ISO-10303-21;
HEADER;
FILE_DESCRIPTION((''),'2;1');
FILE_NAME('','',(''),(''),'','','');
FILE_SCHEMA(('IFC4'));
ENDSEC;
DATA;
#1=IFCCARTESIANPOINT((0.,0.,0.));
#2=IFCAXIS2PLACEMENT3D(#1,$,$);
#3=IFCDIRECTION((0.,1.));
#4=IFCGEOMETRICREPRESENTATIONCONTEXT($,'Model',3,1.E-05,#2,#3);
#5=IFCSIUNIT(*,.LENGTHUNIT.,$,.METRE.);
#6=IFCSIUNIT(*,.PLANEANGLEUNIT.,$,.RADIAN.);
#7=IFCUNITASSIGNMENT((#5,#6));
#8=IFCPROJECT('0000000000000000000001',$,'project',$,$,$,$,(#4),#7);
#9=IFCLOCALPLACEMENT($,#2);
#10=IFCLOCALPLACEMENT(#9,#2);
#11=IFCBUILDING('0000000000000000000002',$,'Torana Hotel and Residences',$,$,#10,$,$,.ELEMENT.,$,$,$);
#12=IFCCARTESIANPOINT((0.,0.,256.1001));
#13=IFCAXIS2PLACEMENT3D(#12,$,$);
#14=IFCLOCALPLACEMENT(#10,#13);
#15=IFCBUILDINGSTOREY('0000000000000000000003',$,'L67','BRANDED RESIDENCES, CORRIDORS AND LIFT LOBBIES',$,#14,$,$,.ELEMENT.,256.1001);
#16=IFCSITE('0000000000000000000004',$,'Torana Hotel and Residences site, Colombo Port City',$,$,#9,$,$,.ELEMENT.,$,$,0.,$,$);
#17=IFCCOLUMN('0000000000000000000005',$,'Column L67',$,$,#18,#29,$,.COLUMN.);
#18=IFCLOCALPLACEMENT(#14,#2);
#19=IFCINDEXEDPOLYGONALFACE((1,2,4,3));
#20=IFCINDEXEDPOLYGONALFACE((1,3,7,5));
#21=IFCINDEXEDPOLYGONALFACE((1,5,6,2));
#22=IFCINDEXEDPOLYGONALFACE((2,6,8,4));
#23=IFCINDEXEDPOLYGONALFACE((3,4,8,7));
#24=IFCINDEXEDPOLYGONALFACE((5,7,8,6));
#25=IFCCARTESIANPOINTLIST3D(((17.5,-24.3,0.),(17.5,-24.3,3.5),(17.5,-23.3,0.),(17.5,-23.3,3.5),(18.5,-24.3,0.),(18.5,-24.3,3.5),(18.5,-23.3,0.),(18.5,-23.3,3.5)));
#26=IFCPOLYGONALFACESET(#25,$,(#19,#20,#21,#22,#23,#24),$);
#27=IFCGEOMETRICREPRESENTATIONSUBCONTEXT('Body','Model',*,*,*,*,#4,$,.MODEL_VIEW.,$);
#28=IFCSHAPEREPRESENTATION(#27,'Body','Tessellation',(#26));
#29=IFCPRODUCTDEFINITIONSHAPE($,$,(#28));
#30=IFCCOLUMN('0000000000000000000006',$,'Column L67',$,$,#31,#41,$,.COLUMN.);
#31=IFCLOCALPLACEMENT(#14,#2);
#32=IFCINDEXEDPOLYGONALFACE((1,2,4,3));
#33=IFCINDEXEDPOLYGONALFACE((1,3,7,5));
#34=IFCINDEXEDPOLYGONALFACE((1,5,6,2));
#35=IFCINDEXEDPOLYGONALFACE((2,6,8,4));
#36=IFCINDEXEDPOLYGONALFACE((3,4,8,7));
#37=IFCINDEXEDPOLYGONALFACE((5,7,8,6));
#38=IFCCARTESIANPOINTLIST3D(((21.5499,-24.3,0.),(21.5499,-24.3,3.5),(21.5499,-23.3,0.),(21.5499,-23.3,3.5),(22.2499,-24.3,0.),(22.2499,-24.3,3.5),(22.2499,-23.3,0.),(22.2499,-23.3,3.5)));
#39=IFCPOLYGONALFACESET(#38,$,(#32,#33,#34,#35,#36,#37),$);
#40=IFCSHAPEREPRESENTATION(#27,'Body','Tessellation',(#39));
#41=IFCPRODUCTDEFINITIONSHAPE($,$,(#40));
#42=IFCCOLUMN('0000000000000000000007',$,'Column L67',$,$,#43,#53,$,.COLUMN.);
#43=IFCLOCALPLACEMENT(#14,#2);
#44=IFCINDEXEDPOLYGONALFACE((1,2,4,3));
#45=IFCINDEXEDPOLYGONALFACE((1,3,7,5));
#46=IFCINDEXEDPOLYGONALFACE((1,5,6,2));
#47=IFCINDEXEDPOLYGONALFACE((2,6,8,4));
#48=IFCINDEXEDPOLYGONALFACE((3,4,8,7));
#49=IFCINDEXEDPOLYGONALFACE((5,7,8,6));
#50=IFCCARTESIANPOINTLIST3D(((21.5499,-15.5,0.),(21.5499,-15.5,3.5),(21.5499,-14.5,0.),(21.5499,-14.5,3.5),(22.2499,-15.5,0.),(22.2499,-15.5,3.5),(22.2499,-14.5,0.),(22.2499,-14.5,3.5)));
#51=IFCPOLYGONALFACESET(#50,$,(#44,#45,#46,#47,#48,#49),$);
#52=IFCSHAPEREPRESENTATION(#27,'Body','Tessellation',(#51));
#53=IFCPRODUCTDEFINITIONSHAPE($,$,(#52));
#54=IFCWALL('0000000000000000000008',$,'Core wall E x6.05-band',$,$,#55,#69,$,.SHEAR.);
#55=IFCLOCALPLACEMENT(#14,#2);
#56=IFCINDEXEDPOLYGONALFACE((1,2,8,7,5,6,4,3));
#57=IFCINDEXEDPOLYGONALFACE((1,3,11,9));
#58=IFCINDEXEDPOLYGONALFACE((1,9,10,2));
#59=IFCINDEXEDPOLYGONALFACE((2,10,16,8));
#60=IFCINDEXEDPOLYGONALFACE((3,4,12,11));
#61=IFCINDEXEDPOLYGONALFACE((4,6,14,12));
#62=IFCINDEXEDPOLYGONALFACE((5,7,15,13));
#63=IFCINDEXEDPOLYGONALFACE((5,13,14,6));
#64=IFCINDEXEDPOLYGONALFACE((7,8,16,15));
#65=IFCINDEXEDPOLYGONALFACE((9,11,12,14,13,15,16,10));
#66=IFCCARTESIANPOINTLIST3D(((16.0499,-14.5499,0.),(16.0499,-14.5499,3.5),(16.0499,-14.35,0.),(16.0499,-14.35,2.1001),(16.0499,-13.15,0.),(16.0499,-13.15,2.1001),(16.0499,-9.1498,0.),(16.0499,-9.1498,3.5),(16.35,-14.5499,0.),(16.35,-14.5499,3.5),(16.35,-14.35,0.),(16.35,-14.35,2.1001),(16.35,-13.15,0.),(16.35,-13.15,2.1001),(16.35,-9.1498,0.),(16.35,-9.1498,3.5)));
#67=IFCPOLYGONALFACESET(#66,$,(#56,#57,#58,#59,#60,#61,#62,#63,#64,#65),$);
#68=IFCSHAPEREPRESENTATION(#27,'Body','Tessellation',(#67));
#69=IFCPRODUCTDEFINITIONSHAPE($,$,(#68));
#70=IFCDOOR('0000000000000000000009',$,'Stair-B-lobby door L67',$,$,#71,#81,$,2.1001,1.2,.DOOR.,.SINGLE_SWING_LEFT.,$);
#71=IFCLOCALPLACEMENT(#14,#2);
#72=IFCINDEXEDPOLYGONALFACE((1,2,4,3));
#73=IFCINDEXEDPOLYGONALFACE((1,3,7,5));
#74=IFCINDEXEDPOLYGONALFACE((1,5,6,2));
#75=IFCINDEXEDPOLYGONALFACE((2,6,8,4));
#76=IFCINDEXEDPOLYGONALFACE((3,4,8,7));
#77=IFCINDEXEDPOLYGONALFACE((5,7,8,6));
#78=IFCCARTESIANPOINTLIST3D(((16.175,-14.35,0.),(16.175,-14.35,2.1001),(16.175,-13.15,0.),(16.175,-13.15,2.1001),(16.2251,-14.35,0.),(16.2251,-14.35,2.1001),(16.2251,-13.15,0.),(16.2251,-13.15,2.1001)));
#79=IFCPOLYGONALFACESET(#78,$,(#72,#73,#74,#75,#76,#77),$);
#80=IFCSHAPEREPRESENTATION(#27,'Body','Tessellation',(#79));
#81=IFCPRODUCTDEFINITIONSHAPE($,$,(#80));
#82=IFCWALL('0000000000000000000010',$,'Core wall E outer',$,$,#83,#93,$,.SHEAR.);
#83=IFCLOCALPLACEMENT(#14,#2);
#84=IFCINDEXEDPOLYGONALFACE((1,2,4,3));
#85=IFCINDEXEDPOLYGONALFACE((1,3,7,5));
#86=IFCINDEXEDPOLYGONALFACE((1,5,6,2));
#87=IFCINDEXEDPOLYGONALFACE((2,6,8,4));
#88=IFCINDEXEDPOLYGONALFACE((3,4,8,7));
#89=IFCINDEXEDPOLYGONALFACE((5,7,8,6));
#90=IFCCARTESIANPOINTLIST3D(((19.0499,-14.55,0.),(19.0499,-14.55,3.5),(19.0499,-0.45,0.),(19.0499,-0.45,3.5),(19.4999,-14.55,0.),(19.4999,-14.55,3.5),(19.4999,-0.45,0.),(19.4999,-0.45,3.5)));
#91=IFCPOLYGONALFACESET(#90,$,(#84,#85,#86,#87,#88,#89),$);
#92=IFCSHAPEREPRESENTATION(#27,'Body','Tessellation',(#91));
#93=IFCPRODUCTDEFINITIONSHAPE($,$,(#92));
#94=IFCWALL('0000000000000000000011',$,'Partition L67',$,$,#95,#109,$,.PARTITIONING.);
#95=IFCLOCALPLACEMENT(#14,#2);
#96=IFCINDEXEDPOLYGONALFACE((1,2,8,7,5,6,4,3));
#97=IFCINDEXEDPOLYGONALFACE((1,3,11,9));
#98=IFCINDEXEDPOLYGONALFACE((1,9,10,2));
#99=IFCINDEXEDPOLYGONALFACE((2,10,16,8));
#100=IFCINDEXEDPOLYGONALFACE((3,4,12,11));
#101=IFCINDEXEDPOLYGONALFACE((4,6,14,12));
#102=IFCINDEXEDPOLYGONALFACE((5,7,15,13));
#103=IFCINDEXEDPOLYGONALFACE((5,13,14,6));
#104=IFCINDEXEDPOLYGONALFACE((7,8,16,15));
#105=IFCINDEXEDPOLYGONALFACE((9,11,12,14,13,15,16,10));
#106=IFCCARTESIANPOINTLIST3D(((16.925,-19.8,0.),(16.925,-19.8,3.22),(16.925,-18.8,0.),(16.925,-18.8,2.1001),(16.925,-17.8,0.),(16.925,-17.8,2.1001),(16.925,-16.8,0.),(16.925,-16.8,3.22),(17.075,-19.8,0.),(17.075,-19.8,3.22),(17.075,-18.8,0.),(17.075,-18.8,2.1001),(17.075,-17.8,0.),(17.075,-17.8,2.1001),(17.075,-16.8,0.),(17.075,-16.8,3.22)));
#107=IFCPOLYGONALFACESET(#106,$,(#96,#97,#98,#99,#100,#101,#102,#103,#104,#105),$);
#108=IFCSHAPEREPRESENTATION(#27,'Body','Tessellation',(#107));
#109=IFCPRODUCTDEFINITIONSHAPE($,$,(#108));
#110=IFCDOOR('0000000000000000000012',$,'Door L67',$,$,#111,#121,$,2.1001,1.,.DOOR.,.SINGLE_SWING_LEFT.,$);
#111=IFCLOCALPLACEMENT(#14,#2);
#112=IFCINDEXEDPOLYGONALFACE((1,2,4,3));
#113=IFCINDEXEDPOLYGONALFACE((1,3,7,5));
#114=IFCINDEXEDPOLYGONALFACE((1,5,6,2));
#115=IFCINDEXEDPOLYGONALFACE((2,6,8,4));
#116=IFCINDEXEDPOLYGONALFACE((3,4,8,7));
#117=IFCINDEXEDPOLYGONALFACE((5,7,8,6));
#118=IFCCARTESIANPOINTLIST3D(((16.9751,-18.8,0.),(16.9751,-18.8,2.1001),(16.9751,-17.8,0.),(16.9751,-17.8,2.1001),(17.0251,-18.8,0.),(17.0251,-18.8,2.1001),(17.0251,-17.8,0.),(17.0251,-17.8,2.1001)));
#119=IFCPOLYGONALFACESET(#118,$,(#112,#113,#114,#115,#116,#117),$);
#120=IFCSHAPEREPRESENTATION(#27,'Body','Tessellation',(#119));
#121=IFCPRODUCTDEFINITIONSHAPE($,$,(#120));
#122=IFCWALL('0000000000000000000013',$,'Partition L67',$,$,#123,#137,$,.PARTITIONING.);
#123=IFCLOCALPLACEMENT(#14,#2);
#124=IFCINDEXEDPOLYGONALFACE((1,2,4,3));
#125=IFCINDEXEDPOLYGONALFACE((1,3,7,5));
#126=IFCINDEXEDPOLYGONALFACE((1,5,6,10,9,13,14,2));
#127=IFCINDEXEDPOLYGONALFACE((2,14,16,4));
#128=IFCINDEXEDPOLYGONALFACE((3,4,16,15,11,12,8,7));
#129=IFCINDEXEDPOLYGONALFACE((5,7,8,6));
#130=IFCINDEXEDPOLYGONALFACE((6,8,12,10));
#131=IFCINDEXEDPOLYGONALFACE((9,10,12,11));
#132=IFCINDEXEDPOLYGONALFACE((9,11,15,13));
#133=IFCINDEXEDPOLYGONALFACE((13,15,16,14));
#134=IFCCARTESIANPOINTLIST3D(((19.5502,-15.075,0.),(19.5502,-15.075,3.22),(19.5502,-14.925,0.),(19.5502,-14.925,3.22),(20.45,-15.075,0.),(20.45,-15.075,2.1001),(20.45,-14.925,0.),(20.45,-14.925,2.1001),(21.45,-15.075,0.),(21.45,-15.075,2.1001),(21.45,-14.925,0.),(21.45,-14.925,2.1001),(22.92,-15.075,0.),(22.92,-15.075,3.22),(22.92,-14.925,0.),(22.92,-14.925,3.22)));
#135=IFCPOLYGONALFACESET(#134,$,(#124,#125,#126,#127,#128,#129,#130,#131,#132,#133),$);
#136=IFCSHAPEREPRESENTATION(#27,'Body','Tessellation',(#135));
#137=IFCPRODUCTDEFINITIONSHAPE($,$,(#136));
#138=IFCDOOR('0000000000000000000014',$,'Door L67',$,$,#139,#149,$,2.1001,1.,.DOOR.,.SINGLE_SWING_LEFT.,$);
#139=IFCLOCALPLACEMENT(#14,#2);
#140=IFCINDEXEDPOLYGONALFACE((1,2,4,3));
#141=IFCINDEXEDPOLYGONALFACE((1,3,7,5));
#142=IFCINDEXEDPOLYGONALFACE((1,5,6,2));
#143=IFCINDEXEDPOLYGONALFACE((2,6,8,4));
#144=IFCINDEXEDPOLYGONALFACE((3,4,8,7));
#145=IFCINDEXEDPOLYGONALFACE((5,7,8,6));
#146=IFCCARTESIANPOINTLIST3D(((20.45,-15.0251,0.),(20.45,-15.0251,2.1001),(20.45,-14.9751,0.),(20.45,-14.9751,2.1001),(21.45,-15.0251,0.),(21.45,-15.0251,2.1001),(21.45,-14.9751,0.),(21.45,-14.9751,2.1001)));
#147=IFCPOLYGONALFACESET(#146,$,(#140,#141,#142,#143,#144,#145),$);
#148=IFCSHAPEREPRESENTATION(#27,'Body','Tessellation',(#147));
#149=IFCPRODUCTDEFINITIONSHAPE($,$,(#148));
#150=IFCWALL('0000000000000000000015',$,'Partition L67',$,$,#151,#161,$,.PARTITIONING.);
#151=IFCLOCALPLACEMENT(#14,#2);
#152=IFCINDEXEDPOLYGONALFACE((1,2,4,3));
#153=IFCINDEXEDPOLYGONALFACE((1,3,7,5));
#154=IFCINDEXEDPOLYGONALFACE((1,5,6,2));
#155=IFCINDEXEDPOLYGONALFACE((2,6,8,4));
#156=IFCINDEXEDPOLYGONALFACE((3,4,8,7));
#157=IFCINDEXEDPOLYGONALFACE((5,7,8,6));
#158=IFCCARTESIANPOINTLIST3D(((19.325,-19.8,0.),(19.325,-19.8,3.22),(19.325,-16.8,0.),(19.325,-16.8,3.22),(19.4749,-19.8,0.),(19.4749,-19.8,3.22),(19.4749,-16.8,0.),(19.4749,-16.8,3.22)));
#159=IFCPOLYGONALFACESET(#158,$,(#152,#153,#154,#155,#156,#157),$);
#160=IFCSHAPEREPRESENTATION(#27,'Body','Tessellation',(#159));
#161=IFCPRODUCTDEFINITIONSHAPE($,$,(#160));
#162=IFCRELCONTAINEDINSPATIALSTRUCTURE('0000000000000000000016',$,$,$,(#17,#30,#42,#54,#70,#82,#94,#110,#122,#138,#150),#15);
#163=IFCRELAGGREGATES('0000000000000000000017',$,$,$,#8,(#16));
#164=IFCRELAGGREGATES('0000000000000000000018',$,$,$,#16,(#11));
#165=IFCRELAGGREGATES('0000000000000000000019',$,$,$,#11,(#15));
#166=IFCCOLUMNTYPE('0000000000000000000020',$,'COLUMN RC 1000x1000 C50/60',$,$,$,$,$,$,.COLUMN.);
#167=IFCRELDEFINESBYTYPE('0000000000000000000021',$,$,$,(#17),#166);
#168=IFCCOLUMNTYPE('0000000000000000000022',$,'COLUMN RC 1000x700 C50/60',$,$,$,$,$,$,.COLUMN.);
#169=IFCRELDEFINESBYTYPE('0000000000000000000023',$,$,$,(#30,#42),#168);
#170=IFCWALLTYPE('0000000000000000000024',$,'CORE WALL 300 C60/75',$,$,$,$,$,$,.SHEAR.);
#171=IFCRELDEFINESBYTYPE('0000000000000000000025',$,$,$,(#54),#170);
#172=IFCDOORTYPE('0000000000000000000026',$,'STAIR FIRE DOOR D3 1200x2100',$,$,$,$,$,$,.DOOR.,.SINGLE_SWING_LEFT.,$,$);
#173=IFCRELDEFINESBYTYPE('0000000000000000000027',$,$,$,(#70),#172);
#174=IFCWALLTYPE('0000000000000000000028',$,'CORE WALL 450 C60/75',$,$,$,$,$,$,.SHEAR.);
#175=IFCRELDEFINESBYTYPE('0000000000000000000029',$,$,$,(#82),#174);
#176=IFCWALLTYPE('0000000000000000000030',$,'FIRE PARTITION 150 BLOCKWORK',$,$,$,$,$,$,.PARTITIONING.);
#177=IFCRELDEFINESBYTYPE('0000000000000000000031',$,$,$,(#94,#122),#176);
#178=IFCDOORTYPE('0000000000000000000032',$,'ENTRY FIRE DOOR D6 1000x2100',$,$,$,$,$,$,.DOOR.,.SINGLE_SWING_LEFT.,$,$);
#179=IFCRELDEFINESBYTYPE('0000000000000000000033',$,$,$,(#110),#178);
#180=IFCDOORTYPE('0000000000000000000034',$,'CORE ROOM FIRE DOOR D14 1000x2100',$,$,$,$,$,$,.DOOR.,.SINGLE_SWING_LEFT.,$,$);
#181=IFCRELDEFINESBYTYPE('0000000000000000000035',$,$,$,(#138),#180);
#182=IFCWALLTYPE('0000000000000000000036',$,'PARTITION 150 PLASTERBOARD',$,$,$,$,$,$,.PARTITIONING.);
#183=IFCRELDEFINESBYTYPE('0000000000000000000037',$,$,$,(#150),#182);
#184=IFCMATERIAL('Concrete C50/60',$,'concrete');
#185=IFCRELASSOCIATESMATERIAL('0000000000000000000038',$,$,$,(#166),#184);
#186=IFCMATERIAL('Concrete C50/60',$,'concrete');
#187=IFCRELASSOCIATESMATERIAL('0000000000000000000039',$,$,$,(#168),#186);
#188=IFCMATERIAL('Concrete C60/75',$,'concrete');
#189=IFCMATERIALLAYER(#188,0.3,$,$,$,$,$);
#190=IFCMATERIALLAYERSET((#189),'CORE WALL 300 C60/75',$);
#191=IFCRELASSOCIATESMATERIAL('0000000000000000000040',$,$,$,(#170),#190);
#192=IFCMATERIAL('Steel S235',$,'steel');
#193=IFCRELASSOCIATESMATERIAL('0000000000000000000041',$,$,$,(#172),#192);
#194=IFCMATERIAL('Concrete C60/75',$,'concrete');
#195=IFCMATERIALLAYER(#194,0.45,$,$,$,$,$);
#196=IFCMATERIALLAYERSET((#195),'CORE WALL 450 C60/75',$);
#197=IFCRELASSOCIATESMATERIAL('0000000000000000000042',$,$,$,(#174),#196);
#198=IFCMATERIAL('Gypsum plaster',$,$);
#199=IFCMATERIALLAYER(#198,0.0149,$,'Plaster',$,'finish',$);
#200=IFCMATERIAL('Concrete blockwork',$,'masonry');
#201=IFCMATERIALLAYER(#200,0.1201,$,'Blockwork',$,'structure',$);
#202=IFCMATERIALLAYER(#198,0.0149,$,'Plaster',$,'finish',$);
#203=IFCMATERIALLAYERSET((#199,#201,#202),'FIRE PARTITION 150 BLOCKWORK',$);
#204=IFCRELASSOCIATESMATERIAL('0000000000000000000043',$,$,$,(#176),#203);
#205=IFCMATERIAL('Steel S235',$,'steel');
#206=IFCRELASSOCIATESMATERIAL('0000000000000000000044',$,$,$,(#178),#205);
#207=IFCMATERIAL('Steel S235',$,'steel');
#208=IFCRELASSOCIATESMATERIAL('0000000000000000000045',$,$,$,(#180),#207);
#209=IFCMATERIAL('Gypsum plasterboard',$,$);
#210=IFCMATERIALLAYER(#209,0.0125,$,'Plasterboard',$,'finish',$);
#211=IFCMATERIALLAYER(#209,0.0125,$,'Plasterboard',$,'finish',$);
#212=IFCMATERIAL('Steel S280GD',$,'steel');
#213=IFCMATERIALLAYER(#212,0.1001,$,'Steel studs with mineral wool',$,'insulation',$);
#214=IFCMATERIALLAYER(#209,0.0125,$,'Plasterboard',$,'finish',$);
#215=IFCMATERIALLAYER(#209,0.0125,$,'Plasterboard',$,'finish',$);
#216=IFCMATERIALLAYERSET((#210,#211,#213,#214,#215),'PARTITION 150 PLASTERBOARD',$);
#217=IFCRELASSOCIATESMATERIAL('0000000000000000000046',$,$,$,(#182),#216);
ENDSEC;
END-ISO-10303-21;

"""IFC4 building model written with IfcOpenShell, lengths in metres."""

from ifc_helpers import new_model, si_unit, direction, frame, frame_2d, origin, origin_2d, place, context, subcontext, project, spatial, rectangle, extrude, material, layer, layer_set, material_profile, profile_set, type_object, element, fill, save


model = new_model("IFC4")

# Units and contexts
model_context = context("Model", 3, precision=1e-05, world=origin(), true_north=direction((0.0, 1.0)))
body_context = subcontext(model_context, "Body", "Model", "MODEL_VIEW")
ifc_project = project(units=[si_unit("LENGTHUNIT", "METRE"), si_unit("PLANEANGLEUNIT", "RADIAN")], contexts=[model_context])

# Site, building, storey
site_placement = place(None, origin())
site = spatial("IfcSite", under=ifc_project, at=site_placement, Name="Torana Hotel and Residences site, Colombo Port City", CompositionType="ELEMENT", RefElevation=0.0)
building_placement = place(site_placement, origin())
building = spatial("IfcBuilding", under=site, at=building_placement, Name="Torana Hotel and Residences", CompositionType="ELEMENT")
storey_placement = place(building_placement, frame((0.0, 0.0, 256.1001)))
storey = spatial("IfcBuildingStorey", under=building, at=storey_placement, Name="L67", Description="BRANDED RESIDENCES, CORRIDORS AND LIFT LOBBIES", CompositionType="ELEMENT", Elevation=256.1001)

# Columns
ifc_material_1 = material(Name="Concrete C50/60", Category="concrete")
ifc_material_profile_1 = material_profile(ifc_material_1, rectangle(XDim=1.0, YDim=1.0, at=origin_2d()), Name="RC 1000x1000")
ifc_profile_set_1 = profile_set([ifc_material_profile_1], Name="Concrete C50/60")
column_type_1 = type_object("IfcColumnType", Name="COLUMN RC 1000x1000 C50/60", PredefinedType="COLUMN", material=ifc_profile_set_1)
column_placement = place(storey_placement, frame((18.0, -23.8, 0.0), z_axis=(0.0, 0.0, 1.0), x_axis=(1.0, 0.0, 0.0)))
element("IfcColumn", 1, at=column_placement, inside=storey, type_object=column_type_1, Name="Column L67", PredefinedType="COLUMN", context=body_context, shape_type="SweptSolid", body=[
    extrude(rectangle(XDim=1.0, YDim=1.0, at=origin_2d()), origin(), (0.0, 0.0, 1.0), 3.5),
])
ifc_material_2 = material(Name="Concrete C50/60", Category="concrete")
ifc_material_profile_2 = material_profile(ifc_material_2, rectangle(XDim=1.0, YDim=0.7, at=origin_2d()), Name="RC 1000x700")
ifc_profile_set_2 = profile_set([ifc_material_profile_2], Name="Concrete C50/60")
column_type_2 = type_object("IfcColumnType", Name="COLUMN RC 1000x700 C50/60", PredefinedType="COLUMN", material=ifc_profile_set_2)
for number, where, z_axis, x_axis, name in (
    (2, (21.8999, -23.8, 0.0), (0.0, 0.0, 1.0), (0.0, 1.0, 0.0), "Column L67"),
    (3, (21.8999, -15.0, 0.0), (0.0, 0.0, 1.0), (0.0, 1.0, 0.0), "Column L67"),
):
    element("IfcColumn", number, at=place(storey_placement, frame(where, z_axis=z_axis, x_axis=x_axis)), inside=storey, type_object=column_type_2, Name=name, PredefinedType="COLUMN", context=body_context, shape_type="SweptSolid", body=[
        extrude(rectangle(XDim=1.0, YDim=0.7, at=origin_2d()), origin(), (0.0, 0.0, 1.0), 3.5),
    ])

# Wall, opening, door
ifc_material_3 = material(Name="Concrete C60/75", Category="concrete")
ifc_layer_1 = layer(ifc_material_3, 0.3)
ifc_layer_set_1 = layer_set([ifc_layer_1], Name="CORE WALL 300 C60/75")
wall_type_1 = type_object("IfcWallType", Name="CORE WALL 300 C60/75", PredefinedType="SHEAR", material=ifc_layer_set_1)
wall_1_placement = place(storey_placement, frame((16.2, -14.55, 0.0), z_axis=(0.0, 0.0, 1.0), x_axis=(0.0, 1.0, 0.0)))
wall_1 = element("IfcWall", 4, at=wall_1_placement, inside=storey, type_object=wall_type_1, Name="Core wall E x6.05-band", PredefinedType="SHEAR", context=body_context, shape_type="SweptSolid", body=[
    extrude(rectangle(XDim=5.4001, YDim=0.3, at=frame_2d((2.7002, 0.0))), origin(), (0.0, 0.0, 1.0), 3.5),
])
opening_1_placement = place(wall_1_placement, frame((0.2, 0.0, 0.0)))
opening_1 = element("IfcOpeningElement", 5, at=opening_1_placement, cuts=wall_1, PredefinedType="OPENING", context=body_context, shape_type="SweptSolid", body=[
    extrude(rectangle(XDim=1.2, YDim=2.1001, at=frame_2d((0.6001, 1.05))), frame((0.0, 0.1599, 0.0), z_axis=(0.0, -1.0, 0.0), x_axis=(1.0, 0.0, 0.0)), (0.0, 0.0, 1.0), 0.3201),
])
ifc_material_4 = material(Name="Steel S235", Category="steel")
door_type_1 = type_object("IfcDoorType", Name="STAIR FIRE DOOR D3 1200x2100", OperationType="SINGLE_SWING_LEFT", PredefinedType="DOOR", material=ifc_material_4)
door_1_placement = place(opening_1_placement, frame((0.6001, 0.0, 0.0), z_axis=(0.0, 0.0, 1.0), x_axis=(-1.0, 0.0, 0.0)))
door_1 = element("IfcDoor", 6, at=door_1_placement, inside=storey, type_object=door_type_1, Name="Stair-B-lobby door L67", OperationType="SINGLE_SWING_LEFT", OverallHeight=2.1001, OverallWidth=1.2, PredefinedType="DOOR", context=body_context, shape_type="SweptSolid", body=[
    extrude(rectangle(XDim=1.2, YDim=2.1001, at=frame_2d((0.0, 1.05))), frame((0.0, -0.0249, 0.0), z_axis=(0.0, 1.0, 0.0), x_axis=(-1.0, 0.0, 0.0)), (0.0, 0.0, 1.0), 0.05),
])
fill(opening_1, door_1)

# Wall
ifc_material_5 = material(Name="Concrete C60/75", Category="concrete")
ifc_layer_2 = layer(ifc_material_5, 0.45)
ifc_layer_set_2 = layer_set([ifc_layer_2], Name="CORE WALL 450 C60/75")
wall_type_2 = type_object("IfcWallType", Name="CORE WALL 450 C60/75", PredefinedType="SHEAR", material=ifc_layer_set_2)
wall_2_placement = place(storey_placement, frame((19.2749, -14.55, 0.0), z_axis=(0.0, 0.0, 1.0), x_axis=(0.0, 1.0, 0.0)))
element("IfcWall", 7, at=wall_2_placement, inside=storey, type_object=wall_type_2, Name="Core wall E outer", PredefinedType="SHEAR", context=body_context, shape_type="SweptSolid", body=[
    extrude(rectangle(XDim=14.1001, YDim=0.45, at=frame_2d((7.05, 0.0))), origin(), (0.0, 0.0, 1.0), 3.5),
])

# Walls, openings, doors
ifc_material_6 = material(Name="Gypsum plaster")
ifc_layer_3 = layer(ifc_material_6, 0.0149, Name="Plaster", Category="finish")
ifc_material_7 = material(Name="Concrete blockwork", Category="masonry")
ifc_layer_4 = layer(ifc_material_7, 0.1201, Name="Blockwork", Category="structure")
ifc_layer_5 = layer(ifc_material_6, 0.0149, Name="Plaster", Category="finish")
ifc_layer_set_3 = layer_set([ifc_layer_3, ifc_layer_4, ifc_layer_5], Name="FIRE PARTITION 150 BLOCKWORK")
wall_type_3 = type_object("IfcWallType", Name="FIRE PARTITION 150 BLOCKWORK", PredefinedType="PARTITIONING", material=ifc_layer_set_3)
wall_3_placement = place(storey_placement, frame((17.0, -19.8, 0.0), z_axis=(0.0, 0.0, 1.0), x_axis=(0.0, 1.0, 0.0)))
wall_3 = element("IfcWall", 8, at=wall_3_placement, inside=storey, type_object=wall_type_3, Name="Partition L67", PredefinedType="PARTITIONING", context=body_context, shape_type="SweptSolid", body=[
    extrude(rectangle(XDim=3.0, YDim=0.1499, at=frame_2d((1.5, 0.0))), origin(), (0.0, 0.0, 1.0), 3.22),
])
opening_2_placement = place(wall_3_placement, frame((1.0, 0.0, 0.0)))
opening_2 = element("IfcOpeningElement", 9, at=opening_2_placement, cuts=wall_3, PredefinedType="OPENING", context=body_context, shape_type="SweptSolid", body=[
    extrude(rectangle(XDim=1.0, YDim=2.1001, at=frame_2d((0.5, 1.05))), frame((0.0, 0.085, 0.0), z_axis=(0.0, -1.0, 0.0), x_axis=(1.0, 0.0, 0.0)), (0.0, 0.0, 1.0), 0.1699),
])
ifc_material_8 = material(Name="Steel S235", Category="steel")
door_type_2 = type_object("IfcDoorType", Name="ENTRY FIRE DOOR D6 1000x2100", OperationType="SINGLE_SWING_LEFT", PredefinedType="DOOR", material=ifc_material_8)
door_2_placement = place(opening_2_placement, frame((0.5, 0.0, 0.0), z_axis=(0.0, 0.0, 1.0), x_axis=(-1.0, 0.0, 0.0)))
door_2 = element("IfcDoor", 10, at=door_2_placement, inside=storey, type_object=door_type_2, Name="Door L67", OperationType="SINGLE_SWING_LEFT", OverallHeight=2.1001, OverallWidth=1.0, PredefinedType="DOOR", context=body_context, shape_type="SweptSolid", body=[
    extrude(rectangle(XDim=1.0, YDim=2.1001, at=frame_2d((0.0, 1.05))), frame((0.0, -0.0249, 0.0), z_axis=(0.0, 1.0, 0.0), x_axis=(-1.0, 0.0, 0.0)), (0.0, 0.0, 1.0), 0.05),
])
fill(opening_2, door_2)
wall_4_placement = place(storey_placement, frame((19.55, -15.0, 0.0), z_axis=(0.0, 0.0, 1.0), x_axis=(1.0, 0.0, 0.0)))
wall_4 = element("IfcWall", 11, at=wall_4_placement, inside=storey, type_object=wall_type_3, Name="Partition L67", PredefinedType="PARTITIONING", context=body_context, shape_type="SweptSolid", body=[
    extrude(rectangle(XDim=3.3699, YDim=0.1499, at=frame_2d((1.6851, 0.0))), origin(), (0.0, 0.0, 1.0), 3.22),
])
opening_3_placement = place(wall_4_placement, frame((0.8999, 0.0, 0.0)))
opening_3 = element("IfcOpeningElement", 12, at=opening_3_placement, cuts=wall_4, PredefinedType="OPENING", context=body_context, shape_type="SweptSolid", body=[
    extrude(rectangle(XDim=1.0, YDim=2.1001, at=frame_2d((0.5, 1.05))), frame((0.0, 0.085, 0.0), z_axis=(0.0, -1.0, 0.0), x_axis=(1.0, 0.0, 0.0)), (0.0, 0.0, 1.0), 0.1699),
])
ifc_material_9 = material(Name="Steel S235", Category="steel")
door_type_3 = type_object("IfcDoorType", Name="CORE ROOM FIRE DOOR D14 1000x2100", OperationType="SINGLE_SWING_LEFT", PredefinedType="DOOR", material=ifc_material_9)
door_3_placement = place(opening_3_placement, origin())
door_3 = element("IfcDoor", 13, at=door_3_placement, inside=storey, type_object=door_type_3, Name="Door L67", OperationType="SINGLE_SWING_LEFT", OverallHeight=2.1001, OverallWidth=1.0, PredefinedType="DOOR", context=body_context, shape_type="SweptSolid", body=[
    extrude(rectangle(XDim=1.0, YDim=2.1001, at=frame_2d((0.5, 1.05))), frame((0.0, 0.0249, 0.0), z_axis=(0.0, -1.0, 0.0), x_axis=(1.0, 0.0, 0.0)), (0.0, 0.0, 1.0), 0.05),
])
fill(opening_3, door_3)

# Wall
ifc_material_10 = material(Name="Gypsum plasterboard")
ifc_layer_6 = layer(ifc_material_10, 0.0125, Name="Plasterboard", Category="finish")
ifc_layer_7 = layer(ifc_material_10, 0.0125, Name="Plasterboard", Category="finish")
ifc_material_11 = material(Name="Steel S280GD", Category="steel")
ifc_layer_8 = layer(ifc_material_11, 0.1001, Name="Steel studs with mineral wool", Category="insulation")
ifc_layer_9 = layer(ifc_material_10, 0.0125, Name="Plasterboard", Category="finish")
ifc_layer_10 = layer(ifc_material_10, 0.0125, Name="Plasterboard", Category="finish")
ifc_layer_set_4 = layer_set([ifc_layer_6, ifc_layer_7, ifc_layer_8, ifc_layer_9, ifc_layer_10], Name="PARTITION 150 PLASTERBOARD")
wall_type_4 = type_object("IfcWallType", Name="PARTITION 150 PLASTERBOARD", PredefinedType="PARTITIONING", material=ifc_layer_set_4)
wall_5_placement = place(storey_placement, frame((19.3999, -19.8, 0.0), z_axis=(0.0, 0.0, 1.0), x_axis=(0.0, 1.0, 0.0)))
element("IfcWall", 14, at=wall_5_placement, inside=storey, type_object=wall_type_4, Name="Partition L67", PredefinedType="PARTITIONING", context=body_context, shape_type="SweptSolid", body=[
    extrude(rectangle(XDim=3.0, YDim=0.1499, at=frame_2d((1.5, 0.0))), origin(), (0.0, 0.0, 1.0), 3.22),
])

save(model, "model.ifc")
